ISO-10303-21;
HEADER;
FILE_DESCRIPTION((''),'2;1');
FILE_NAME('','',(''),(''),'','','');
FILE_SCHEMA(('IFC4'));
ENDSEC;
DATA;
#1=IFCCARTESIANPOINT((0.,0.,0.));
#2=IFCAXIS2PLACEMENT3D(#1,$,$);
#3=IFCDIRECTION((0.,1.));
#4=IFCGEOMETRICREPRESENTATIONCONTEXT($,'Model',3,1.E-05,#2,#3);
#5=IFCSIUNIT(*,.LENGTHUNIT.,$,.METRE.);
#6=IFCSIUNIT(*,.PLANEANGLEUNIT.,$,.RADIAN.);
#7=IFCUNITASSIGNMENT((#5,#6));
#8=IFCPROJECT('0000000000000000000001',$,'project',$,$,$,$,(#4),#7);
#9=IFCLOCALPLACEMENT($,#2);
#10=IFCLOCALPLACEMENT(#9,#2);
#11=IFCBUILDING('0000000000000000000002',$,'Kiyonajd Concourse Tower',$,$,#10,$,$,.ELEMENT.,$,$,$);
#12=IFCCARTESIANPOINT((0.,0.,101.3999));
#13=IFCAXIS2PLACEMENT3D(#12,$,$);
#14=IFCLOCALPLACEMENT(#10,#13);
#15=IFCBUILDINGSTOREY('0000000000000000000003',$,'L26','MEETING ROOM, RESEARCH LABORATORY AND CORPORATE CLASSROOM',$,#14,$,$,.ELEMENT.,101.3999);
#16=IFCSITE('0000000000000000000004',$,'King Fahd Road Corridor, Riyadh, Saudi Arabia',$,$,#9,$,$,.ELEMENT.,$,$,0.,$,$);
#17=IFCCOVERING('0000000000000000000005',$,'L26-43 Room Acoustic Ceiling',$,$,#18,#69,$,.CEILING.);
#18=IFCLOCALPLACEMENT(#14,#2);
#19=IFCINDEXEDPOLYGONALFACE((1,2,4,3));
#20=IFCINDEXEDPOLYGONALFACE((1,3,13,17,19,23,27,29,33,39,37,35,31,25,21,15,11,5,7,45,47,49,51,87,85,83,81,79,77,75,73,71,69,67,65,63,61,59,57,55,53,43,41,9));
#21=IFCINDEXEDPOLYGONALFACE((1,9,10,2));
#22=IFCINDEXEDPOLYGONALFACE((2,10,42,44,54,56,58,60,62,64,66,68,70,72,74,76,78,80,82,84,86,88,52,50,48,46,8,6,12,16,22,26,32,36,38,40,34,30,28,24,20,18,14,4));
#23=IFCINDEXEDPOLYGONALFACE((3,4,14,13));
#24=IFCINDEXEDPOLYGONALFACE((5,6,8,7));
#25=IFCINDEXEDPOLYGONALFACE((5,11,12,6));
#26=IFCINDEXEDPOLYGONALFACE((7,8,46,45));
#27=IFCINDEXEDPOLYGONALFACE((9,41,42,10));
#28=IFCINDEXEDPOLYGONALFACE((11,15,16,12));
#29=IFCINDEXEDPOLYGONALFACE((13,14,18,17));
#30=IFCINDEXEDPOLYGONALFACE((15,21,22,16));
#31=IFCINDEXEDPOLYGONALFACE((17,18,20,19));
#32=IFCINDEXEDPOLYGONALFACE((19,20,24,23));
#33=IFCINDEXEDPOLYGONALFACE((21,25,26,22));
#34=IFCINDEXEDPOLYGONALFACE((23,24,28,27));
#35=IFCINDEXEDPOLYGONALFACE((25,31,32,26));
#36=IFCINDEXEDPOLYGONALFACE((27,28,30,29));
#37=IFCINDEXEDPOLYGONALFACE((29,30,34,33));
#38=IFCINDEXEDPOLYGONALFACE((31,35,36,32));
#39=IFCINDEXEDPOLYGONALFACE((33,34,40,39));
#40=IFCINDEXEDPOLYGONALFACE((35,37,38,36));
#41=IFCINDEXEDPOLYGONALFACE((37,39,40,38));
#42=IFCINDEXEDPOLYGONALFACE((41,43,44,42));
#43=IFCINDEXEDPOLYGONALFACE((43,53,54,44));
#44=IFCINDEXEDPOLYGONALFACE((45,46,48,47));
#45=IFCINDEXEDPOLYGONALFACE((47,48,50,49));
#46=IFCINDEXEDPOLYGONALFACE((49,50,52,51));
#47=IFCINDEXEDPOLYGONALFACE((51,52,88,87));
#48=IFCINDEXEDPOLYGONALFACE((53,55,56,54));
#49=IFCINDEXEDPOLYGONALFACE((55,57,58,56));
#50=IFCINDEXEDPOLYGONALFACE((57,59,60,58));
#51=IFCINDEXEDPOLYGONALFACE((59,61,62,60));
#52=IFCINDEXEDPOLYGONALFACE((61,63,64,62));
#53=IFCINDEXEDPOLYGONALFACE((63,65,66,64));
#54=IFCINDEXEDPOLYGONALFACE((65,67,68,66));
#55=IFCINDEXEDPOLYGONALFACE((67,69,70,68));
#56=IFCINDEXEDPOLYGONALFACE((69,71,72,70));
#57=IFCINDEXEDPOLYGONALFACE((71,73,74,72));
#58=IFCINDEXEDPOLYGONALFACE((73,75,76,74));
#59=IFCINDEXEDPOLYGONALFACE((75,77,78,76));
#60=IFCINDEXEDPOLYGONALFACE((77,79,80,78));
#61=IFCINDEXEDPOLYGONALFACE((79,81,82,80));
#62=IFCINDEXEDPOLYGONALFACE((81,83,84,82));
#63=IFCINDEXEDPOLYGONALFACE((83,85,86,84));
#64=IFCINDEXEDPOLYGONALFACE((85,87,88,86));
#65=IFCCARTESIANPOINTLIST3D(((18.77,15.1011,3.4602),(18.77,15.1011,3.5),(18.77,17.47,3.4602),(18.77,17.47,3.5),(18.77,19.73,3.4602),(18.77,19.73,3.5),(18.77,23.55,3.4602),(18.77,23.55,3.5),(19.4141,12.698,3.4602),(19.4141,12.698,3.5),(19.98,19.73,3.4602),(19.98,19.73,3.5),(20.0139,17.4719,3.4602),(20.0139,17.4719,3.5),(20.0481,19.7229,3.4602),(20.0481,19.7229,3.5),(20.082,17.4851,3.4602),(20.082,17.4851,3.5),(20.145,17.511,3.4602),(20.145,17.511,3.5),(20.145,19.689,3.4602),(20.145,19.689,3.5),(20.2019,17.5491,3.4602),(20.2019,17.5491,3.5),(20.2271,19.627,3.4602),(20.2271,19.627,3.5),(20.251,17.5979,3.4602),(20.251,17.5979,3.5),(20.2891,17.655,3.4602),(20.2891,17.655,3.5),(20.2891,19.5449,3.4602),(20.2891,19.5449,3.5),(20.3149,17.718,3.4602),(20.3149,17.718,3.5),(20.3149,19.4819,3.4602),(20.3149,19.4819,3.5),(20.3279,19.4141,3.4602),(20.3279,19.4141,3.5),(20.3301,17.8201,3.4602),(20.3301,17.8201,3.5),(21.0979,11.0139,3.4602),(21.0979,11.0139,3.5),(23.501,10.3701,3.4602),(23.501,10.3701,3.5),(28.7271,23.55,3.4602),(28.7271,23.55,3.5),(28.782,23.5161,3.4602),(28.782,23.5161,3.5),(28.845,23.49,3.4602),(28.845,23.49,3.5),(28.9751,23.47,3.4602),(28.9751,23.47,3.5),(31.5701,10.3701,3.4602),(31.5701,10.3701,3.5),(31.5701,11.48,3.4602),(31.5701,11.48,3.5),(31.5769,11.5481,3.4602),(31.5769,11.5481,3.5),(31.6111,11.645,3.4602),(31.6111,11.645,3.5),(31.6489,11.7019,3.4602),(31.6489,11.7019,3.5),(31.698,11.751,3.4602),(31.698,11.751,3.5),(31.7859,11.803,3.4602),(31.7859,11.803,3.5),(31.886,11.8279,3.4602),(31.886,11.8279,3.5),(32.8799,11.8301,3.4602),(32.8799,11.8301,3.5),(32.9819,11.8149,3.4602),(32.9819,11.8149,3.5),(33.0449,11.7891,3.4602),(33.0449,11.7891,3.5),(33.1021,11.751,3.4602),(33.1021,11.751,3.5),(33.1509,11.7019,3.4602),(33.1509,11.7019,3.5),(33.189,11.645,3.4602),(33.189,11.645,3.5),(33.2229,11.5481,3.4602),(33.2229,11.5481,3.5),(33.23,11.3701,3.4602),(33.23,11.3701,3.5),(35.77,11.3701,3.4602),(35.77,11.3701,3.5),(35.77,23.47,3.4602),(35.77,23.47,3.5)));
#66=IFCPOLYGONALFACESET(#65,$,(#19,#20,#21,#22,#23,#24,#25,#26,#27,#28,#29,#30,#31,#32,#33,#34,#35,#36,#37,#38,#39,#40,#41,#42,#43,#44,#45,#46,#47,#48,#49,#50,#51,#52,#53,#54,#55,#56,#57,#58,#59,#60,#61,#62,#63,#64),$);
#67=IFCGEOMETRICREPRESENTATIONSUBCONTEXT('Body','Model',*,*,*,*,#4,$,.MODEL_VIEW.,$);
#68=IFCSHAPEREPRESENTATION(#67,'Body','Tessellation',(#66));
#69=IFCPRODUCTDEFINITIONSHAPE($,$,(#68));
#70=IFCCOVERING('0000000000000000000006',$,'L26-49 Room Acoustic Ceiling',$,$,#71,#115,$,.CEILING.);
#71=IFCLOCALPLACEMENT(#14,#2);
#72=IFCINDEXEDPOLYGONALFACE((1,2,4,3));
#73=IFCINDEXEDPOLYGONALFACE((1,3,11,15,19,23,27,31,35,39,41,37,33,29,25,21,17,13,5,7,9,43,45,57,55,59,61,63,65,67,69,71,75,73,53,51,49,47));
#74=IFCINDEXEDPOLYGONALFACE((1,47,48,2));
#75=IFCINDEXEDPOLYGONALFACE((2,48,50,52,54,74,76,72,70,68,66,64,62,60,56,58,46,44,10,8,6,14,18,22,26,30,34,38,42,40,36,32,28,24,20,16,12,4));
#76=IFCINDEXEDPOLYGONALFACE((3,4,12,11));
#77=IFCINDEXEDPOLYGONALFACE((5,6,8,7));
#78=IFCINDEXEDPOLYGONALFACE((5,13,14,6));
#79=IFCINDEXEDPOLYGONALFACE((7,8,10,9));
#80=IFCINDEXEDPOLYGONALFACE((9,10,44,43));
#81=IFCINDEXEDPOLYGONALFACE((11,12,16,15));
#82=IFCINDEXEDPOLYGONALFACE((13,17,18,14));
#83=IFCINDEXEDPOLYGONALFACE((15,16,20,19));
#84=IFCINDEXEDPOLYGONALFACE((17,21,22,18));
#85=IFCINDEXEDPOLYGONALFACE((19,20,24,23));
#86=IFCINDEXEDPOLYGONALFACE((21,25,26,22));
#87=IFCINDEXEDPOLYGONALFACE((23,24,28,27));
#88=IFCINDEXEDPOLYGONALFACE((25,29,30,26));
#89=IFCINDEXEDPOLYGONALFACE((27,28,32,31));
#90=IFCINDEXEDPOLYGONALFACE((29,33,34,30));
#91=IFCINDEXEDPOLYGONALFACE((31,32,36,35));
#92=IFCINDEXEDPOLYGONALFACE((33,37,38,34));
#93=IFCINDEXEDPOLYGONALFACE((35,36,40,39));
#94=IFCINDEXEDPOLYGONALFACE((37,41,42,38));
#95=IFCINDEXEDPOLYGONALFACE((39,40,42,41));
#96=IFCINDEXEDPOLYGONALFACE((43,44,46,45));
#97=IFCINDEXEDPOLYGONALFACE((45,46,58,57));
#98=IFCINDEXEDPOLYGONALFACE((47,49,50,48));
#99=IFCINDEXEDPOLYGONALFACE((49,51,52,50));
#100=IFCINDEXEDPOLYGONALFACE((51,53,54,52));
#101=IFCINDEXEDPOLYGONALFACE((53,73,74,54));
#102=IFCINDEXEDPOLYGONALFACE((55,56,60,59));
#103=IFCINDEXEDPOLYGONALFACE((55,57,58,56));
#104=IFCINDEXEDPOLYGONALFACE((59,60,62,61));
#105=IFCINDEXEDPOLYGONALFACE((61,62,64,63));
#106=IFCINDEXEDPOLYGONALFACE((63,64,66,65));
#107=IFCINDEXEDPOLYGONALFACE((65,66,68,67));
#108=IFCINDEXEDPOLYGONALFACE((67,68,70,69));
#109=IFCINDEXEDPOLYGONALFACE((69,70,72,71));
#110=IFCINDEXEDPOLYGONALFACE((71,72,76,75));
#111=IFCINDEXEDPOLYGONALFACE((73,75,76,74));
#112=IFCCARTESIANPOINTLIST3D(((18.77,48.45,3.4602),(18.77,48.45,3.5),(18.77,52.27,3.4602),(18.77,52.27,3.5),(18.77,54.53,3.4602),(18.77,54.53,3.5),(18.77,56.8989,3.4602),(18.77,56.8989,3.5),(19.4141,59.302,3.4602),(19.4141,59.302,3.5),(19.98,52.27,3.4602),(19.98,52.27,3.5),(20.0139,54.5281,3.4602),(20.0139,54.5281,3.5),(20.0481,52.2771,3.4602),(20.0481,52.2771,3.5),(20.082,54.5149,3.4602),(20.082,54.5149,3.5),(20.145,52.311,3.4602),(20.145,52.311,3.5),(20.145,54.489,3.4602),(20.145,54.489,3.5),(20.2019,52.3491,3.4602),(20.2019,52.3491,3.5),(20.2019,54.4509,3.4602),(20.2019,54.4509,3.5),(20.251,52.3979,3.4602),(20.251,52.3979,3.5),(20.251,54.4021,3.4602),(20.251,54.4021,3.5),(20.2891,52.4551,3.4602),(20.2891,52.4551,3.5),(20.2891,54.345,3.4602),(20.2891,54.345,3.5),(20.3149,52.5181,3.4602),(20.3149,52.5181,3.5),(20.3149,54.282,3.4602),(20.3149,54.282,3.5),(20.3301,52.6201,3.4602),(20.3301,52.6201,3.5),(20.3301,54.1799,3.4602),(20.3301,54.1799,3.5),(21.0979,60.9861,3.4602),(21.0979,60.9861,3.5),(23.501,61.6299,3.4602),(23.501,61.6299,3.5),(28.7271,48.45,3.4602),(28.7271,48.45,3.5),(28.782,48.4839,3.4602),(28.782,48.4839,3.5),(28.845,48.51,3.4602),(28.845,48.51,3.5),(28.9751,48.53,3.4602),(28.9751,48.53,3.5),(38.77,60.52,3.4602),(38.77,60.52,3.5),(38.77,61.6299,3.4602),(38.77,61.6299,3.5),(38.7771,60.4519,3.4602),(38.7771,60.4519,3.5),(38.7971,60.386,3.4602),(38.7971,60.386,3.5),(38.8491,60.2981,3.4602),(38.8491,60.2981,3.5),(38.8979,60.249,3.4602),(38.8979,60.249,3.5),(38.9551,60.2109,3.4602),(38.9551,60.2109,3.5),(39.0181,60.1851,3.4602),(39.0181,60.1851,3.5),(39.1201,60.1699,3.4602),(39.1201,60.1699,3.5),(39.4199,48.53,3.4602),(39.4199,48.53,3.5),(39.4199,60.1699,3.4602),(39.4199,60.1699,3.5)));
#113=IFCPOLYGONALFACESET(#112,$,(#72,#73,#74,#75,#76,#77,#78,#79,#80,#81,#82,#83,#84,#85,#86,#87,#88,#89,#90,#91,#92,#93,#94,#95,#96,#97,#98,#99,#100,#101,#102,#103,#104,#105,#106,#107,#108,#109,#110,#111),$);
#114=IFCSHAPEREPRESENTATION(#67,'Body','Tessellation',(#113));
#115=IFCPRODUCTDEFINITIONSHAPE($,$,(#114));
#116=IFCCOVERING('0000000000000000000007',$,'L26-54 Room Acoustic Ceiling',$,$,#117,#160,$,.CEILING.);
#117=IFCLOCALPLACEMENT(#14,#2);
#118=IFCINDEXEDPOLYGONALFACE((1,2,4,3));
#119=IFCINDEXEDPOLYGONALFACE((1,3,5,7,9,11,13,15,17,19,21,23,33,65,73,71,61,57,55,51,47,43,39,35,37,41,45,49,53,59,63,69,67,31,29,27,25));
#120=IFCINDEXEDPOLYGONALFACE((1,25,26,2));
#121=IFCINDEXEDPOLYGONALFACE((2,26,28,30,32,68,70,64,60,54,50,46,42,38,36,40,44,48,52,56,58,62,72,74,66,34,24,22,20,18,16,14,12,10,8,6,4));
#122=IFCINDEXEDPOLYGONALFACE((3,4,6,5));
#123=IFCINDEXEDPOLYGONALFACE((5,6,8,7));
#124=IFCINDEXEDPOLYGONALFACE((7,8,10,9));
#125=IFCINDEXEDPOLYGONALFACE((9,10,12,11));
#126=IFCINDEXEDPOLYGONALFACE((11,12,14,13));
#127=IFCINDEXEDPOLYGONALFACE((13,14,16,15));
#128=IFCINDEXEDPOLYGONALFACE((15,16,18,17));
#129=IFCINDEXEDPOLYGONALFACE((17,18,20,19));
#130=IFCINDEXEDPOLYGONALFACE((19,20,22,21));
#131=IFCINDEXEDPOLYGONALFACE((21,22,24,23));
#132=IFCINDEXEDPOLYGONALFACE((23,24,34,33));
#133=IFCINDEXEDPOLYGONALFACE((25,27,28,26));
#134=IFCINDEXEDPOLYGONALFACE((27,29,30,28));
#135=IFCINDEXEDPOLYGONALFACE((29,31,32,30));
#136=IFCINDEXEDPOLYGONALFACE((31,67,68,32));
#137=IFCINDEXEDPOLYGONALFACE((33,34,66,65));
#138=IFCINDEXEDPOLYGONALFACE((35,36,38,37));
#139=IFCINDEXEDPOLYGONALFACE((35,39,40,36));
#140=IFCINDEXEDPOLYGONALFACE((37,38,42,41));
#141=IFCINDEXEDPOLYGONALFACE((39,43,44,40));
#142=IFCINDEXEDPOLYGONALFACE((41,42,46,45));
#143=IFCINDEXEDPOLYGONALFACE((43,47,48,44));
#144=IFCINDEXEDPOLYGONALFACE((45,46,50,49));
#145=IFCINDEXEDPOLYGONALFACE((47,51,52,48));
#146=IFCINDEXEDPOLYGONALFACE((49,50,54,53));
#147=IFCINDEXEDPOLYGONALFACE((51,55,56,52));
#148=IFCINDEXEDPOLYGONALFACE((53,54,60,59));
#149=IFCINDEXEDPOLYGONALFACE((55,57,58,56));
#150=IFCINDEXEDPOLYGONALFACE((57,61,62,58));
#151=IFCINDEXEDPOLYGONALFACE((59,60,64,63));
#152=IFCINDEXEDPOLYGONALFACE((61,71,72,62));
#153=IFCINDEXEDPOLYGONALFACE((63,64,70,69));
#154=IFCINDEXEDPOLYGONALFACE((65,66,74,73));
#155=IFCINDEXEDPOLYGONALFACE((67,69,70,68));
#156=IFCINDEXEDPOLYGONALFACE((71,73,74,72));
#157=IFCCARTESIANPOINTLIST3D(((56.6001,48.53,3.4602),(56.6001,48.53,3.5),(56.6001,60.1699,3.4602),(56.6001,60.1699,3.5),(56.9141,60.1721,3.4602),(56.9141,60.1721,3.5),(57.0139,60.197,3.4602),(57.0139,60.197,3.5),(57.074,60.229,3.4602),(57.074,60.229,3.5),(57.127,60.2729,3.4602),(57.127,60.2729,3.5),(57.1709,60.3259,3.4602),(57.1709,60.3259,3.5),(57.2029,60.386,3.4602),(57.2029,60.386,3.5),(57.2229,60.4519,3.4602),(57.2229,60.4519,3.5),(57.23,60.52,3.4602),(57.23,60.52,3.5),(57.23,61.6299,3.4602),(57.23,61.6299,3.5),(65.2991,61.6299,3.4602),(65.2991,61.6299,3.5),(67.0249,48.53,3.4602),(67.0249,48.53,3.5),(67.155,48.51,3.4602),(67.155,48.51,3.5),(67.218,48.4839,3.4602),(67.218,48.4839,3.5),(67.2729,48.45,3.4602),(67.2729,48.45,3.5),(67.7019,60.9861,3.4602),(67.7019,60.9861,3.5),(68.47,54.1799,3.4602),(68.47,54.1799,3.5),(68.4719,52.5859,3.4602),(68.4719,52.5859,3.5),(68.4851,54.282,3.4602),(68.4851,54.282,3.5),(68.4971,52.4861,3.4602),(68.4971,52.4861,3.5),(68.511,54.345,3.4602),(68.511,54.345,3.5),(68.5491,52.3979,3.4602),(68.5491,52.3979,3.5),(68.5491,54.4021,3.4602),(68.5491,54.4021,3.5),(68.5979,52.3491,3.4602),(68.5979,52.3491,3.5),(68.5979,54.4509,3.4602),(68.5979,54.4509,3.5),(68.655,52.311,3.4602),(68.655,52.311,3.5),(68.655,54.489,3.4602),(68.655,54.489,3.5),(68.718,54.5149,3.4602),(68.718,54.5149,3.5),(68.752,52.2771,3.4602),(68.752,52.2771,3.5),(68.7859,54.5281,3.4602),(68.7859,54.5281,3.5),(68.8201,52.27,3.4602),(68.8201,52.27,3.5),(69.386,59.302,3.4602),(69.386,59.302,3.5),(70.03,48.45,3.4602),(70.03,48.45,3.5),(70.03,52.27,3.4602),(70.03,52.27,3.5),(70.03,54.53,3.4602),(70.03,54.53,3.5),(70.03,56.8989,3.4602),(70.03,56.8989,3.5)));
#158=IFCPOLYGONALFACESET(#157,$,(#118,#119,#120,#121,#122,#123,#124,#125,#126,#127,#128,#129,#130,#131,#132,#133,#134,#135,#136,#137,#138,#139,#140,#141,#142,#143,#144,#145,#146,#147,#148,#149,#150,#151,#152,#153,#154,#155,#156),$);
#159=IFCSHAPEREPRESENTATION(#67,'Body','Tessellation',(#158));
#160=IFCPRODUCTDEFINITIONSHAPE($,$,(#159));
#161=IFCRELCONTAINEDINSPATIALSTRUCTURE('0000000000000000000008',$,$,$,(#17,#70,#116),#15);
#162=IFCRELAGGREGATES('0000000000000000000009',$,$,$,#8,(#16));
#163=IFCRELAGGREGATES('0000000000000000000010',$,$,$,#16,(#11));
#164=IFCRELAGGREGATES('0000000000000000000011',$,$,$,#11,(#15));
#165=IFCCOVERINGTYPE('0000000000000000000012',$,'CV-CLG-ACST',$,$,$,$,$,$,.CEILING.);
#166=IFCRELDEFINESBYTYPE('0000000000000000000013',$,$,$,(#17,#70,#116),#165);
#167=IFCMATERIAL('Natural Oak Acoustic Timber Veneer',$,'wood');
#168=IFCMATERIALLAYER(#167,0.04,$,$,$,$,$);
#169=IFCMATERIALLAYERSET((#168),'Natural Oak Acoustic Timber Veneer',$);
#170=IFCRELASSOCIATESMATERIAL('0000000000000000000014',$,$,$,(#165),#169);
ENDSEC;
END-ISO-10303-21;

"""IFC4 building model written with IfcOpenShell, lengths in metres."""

from ifc_helpers import new_model, si_unit, direction, frame, origin, place, context, subcontext, project, spatial, polyline, outline, extrude, material, layer, layer_set, type_object, element, save


model = new_model("IFC4")

# Units and contexts
model_context = context("Model", 3, precision=1e-05, world=origin(), true_north=direction((0.0, 1.0)))
body_context = subcontext(model_context, "Body", "Model", "MODEL_VIEW")
ifc_project = project(units=[si_unit("LENGTHUNIT", "METRE"), si_unit("PLANEANGLEUNIT", "RADIAN")], contexts=[model_context])

# Site, building, storey
site_placement = place(None, origin())
site = spatial("IfcSite", under=ifc_project, at=site_placement, Name="King Fahd Road Corridor, Riyadh, Saudi Arabia", CompositionType="ELEMENT", RefElevation=0.0)
building_placement = place(site_placement, origin())
building = spatial("IfcBuilding", under=site, at=building_placement, Name="Kiyonajd Concourse Tower", CompositionType="ELEMENT")
storey_placement = place(building_placement, frame((0.0, 0.0, 101.3999)))
storey = spatial("IfcBuildingStorey", under=building, at=storey_placement, Name="L26", Description="MEETING ROOM, RESEARCH LABORATORY AND CORPORATE CLASSROOM", CompositionType="ELEMENT", Elevation=101.3999)

# Shared definitions
ifc_material_1 = material(Name="Natural Oak Acoustic Timber Veneer", Category="wood")

# Coverings
ifc_layer_1 = layer(ifc_material_1, 0.04)
ifc_layer_set_1 = layer_set([ifc_layer_1], Name="Natural Oak Acoustic Timber Veneer")
covering_type = type_object("IfcCoveringType", Name="CV-CLG-ACST", PredefinedType="CEILING", material=ifc_layer_set_1)
covering_1_placement = place(storey_placement, frame((0.0, 0.0, 3.4602)))
element("IfcCovering", 1, at=covering_1_placement, inside=storey, type_object=covering_type, Name="L26-43 Room Acoustic Ceiling", PredefinedType="CEILING", context=body_context, shape_type="SweptSolid", body=[
    extrude(outline(polyline([(19.4141, 12.698), (18.77, 15.1011), (18.77, 17.47), (20.0139, 17.4719), (20.082, 17.4851), (20.145, 17.511), (20.2019, 17.5491), (20.251, 17.5979), (20.2891, 17.655), (20.3149, 17.718), (20.3301, 17.8201), (20.3279, 19.4141), (20.3149, 19.4819), (20.2891, 19.5449), (20.2271, 19.627), (20.145, 19.689), (20.0481, 19.7229), (19.98, 19.73), (18.77, 19.73), (18.77, 23.55), (28.7271, 23.55), (28.782, 23.5161), (28.845, 23.49), (28.9751, 23.47), (35.77, 23.47), (35.77, 11.3701), (33.23, 11.3701), (33.2229, 11.5481), (33.189, 11.645), (33.1509, 11.7019), (33.1021, 11.751), (33.0449, 11.7891), (32.9819, 11.8149), (32.8799, 11.8301), (31.886, 11.8279), (31.7859, 11.803), (31.698, 11.751), (31.6489, 11.7019), (31.6111, 11.645), (31.5769, 11.5481), (31.5701, 11.48), (31.5701, 10.3701), (23.501, 10.3701), (21.0979, 11.0139), (19.4141, 12.698)])), origin(), (0.0, 0.0, 1.0), 0.0398),
])
covering_2_placement = place(storey_placement, frame((0.0, 0.0, 3.4602)))
element("IfcCovering", 2, at=covering_2_placement, inside=storey, type_object=covering_type, Name="L26-49 Room Acoustic Ceiling", PredefinedType="CEILING", context=body_context, shape_type="SweptSolid", body=[
    extrude(outline(polyline([(21.0979, 60.9861), (23.501, 61.6299), (38.77, 61.6299), (38.77, 60.52), (38.7771, 60.4519), (38.7971, 60.386), (38.8491, 60.2981), (38.8979, 60.249), (38.9551, 60.2109), (39.0181, 60.1851), (39.1201, 60.1699), (39.4199, 60.1699), (39.4199, 48.53), (28.9751, 48.53), (28.845, 48.51), (28.782, 48.4839), (28.7271, 48.45), (18.77, 48.45), (18.77, 52.27), (19.98, 52.27), (20.0481, 52.2771), (20.145, 52.311), (20.2019, 52.3491), (20.251, 52.3979), (20.2891, 52.4551), (20.3149, 52.5181), (20.3301, 52.6201), (20.3301, 54.1799), (20.3149, 54.282), (20.2891, 54.345), (20.251, 54.4021), (20.2019, 54.4509), (20.145, 54.489), (20.082, 54.5149), (20.0139, 54.5281), (18.77, 54.53), (18.77, 56.8989), (19.4141, 59.302), (21.0979, 60.9861)])), origin(), (0.0, 0.0, 1.0), 0.0398),
])
covering_3_placement = place(storey_placement, frame((0.0, 0.0, 3.4602)))
element("IfcCovering", 3, at=covering_3_placement, inside=storey, type_object=covering_type, Name="L26-54 Room Acoustic Ceiling", PredefinedType="CEILING", context=body_context, shape_type="SweptSolid", body=[
    extrude(outline(polyline([(57.23, 61.6299), (65.2991, 61.6299), (67.7019, 60.9861), (69.386, 59.302), (70.03, 56.8989), (70.03, 54.53), (68.7859, 54.5281), (68.718, 54.5149), (68.655, 54.489), (68.5979, 54.4509), (68.5491, 54.4021), (68.511, 54.345), (68.4851, 54.282), (68.47, 54.1799), (68.4719, 52.5859), (68.4971, 52.4861), (68.5491, 52.3979), (68.5979, 52.3491), (68.655, 52.311), (68.752, 52.2771), (68.8201, 52.27), (70.03, 52.27), (70.03, 48.45), (67.2729, 48.45), (67.218, 48.4839), (67.155, 48.51), (67.0249, 48.53), (56.6001, 48.53), (56.6001, 60.1699), (56.9141, 60.1721), (57.0139, 60.197), (57.074, 60.229), (57.127, 60.2729), (57.1709, 60.3259), (57.2029, 60.386), (57.2229, 60.4519), (57.23, 60.52), (57.23, 61.6299)])), origin(), (0.0, 0.0, 1.0), 0.0398),
])

save(model, "model.ifc")
